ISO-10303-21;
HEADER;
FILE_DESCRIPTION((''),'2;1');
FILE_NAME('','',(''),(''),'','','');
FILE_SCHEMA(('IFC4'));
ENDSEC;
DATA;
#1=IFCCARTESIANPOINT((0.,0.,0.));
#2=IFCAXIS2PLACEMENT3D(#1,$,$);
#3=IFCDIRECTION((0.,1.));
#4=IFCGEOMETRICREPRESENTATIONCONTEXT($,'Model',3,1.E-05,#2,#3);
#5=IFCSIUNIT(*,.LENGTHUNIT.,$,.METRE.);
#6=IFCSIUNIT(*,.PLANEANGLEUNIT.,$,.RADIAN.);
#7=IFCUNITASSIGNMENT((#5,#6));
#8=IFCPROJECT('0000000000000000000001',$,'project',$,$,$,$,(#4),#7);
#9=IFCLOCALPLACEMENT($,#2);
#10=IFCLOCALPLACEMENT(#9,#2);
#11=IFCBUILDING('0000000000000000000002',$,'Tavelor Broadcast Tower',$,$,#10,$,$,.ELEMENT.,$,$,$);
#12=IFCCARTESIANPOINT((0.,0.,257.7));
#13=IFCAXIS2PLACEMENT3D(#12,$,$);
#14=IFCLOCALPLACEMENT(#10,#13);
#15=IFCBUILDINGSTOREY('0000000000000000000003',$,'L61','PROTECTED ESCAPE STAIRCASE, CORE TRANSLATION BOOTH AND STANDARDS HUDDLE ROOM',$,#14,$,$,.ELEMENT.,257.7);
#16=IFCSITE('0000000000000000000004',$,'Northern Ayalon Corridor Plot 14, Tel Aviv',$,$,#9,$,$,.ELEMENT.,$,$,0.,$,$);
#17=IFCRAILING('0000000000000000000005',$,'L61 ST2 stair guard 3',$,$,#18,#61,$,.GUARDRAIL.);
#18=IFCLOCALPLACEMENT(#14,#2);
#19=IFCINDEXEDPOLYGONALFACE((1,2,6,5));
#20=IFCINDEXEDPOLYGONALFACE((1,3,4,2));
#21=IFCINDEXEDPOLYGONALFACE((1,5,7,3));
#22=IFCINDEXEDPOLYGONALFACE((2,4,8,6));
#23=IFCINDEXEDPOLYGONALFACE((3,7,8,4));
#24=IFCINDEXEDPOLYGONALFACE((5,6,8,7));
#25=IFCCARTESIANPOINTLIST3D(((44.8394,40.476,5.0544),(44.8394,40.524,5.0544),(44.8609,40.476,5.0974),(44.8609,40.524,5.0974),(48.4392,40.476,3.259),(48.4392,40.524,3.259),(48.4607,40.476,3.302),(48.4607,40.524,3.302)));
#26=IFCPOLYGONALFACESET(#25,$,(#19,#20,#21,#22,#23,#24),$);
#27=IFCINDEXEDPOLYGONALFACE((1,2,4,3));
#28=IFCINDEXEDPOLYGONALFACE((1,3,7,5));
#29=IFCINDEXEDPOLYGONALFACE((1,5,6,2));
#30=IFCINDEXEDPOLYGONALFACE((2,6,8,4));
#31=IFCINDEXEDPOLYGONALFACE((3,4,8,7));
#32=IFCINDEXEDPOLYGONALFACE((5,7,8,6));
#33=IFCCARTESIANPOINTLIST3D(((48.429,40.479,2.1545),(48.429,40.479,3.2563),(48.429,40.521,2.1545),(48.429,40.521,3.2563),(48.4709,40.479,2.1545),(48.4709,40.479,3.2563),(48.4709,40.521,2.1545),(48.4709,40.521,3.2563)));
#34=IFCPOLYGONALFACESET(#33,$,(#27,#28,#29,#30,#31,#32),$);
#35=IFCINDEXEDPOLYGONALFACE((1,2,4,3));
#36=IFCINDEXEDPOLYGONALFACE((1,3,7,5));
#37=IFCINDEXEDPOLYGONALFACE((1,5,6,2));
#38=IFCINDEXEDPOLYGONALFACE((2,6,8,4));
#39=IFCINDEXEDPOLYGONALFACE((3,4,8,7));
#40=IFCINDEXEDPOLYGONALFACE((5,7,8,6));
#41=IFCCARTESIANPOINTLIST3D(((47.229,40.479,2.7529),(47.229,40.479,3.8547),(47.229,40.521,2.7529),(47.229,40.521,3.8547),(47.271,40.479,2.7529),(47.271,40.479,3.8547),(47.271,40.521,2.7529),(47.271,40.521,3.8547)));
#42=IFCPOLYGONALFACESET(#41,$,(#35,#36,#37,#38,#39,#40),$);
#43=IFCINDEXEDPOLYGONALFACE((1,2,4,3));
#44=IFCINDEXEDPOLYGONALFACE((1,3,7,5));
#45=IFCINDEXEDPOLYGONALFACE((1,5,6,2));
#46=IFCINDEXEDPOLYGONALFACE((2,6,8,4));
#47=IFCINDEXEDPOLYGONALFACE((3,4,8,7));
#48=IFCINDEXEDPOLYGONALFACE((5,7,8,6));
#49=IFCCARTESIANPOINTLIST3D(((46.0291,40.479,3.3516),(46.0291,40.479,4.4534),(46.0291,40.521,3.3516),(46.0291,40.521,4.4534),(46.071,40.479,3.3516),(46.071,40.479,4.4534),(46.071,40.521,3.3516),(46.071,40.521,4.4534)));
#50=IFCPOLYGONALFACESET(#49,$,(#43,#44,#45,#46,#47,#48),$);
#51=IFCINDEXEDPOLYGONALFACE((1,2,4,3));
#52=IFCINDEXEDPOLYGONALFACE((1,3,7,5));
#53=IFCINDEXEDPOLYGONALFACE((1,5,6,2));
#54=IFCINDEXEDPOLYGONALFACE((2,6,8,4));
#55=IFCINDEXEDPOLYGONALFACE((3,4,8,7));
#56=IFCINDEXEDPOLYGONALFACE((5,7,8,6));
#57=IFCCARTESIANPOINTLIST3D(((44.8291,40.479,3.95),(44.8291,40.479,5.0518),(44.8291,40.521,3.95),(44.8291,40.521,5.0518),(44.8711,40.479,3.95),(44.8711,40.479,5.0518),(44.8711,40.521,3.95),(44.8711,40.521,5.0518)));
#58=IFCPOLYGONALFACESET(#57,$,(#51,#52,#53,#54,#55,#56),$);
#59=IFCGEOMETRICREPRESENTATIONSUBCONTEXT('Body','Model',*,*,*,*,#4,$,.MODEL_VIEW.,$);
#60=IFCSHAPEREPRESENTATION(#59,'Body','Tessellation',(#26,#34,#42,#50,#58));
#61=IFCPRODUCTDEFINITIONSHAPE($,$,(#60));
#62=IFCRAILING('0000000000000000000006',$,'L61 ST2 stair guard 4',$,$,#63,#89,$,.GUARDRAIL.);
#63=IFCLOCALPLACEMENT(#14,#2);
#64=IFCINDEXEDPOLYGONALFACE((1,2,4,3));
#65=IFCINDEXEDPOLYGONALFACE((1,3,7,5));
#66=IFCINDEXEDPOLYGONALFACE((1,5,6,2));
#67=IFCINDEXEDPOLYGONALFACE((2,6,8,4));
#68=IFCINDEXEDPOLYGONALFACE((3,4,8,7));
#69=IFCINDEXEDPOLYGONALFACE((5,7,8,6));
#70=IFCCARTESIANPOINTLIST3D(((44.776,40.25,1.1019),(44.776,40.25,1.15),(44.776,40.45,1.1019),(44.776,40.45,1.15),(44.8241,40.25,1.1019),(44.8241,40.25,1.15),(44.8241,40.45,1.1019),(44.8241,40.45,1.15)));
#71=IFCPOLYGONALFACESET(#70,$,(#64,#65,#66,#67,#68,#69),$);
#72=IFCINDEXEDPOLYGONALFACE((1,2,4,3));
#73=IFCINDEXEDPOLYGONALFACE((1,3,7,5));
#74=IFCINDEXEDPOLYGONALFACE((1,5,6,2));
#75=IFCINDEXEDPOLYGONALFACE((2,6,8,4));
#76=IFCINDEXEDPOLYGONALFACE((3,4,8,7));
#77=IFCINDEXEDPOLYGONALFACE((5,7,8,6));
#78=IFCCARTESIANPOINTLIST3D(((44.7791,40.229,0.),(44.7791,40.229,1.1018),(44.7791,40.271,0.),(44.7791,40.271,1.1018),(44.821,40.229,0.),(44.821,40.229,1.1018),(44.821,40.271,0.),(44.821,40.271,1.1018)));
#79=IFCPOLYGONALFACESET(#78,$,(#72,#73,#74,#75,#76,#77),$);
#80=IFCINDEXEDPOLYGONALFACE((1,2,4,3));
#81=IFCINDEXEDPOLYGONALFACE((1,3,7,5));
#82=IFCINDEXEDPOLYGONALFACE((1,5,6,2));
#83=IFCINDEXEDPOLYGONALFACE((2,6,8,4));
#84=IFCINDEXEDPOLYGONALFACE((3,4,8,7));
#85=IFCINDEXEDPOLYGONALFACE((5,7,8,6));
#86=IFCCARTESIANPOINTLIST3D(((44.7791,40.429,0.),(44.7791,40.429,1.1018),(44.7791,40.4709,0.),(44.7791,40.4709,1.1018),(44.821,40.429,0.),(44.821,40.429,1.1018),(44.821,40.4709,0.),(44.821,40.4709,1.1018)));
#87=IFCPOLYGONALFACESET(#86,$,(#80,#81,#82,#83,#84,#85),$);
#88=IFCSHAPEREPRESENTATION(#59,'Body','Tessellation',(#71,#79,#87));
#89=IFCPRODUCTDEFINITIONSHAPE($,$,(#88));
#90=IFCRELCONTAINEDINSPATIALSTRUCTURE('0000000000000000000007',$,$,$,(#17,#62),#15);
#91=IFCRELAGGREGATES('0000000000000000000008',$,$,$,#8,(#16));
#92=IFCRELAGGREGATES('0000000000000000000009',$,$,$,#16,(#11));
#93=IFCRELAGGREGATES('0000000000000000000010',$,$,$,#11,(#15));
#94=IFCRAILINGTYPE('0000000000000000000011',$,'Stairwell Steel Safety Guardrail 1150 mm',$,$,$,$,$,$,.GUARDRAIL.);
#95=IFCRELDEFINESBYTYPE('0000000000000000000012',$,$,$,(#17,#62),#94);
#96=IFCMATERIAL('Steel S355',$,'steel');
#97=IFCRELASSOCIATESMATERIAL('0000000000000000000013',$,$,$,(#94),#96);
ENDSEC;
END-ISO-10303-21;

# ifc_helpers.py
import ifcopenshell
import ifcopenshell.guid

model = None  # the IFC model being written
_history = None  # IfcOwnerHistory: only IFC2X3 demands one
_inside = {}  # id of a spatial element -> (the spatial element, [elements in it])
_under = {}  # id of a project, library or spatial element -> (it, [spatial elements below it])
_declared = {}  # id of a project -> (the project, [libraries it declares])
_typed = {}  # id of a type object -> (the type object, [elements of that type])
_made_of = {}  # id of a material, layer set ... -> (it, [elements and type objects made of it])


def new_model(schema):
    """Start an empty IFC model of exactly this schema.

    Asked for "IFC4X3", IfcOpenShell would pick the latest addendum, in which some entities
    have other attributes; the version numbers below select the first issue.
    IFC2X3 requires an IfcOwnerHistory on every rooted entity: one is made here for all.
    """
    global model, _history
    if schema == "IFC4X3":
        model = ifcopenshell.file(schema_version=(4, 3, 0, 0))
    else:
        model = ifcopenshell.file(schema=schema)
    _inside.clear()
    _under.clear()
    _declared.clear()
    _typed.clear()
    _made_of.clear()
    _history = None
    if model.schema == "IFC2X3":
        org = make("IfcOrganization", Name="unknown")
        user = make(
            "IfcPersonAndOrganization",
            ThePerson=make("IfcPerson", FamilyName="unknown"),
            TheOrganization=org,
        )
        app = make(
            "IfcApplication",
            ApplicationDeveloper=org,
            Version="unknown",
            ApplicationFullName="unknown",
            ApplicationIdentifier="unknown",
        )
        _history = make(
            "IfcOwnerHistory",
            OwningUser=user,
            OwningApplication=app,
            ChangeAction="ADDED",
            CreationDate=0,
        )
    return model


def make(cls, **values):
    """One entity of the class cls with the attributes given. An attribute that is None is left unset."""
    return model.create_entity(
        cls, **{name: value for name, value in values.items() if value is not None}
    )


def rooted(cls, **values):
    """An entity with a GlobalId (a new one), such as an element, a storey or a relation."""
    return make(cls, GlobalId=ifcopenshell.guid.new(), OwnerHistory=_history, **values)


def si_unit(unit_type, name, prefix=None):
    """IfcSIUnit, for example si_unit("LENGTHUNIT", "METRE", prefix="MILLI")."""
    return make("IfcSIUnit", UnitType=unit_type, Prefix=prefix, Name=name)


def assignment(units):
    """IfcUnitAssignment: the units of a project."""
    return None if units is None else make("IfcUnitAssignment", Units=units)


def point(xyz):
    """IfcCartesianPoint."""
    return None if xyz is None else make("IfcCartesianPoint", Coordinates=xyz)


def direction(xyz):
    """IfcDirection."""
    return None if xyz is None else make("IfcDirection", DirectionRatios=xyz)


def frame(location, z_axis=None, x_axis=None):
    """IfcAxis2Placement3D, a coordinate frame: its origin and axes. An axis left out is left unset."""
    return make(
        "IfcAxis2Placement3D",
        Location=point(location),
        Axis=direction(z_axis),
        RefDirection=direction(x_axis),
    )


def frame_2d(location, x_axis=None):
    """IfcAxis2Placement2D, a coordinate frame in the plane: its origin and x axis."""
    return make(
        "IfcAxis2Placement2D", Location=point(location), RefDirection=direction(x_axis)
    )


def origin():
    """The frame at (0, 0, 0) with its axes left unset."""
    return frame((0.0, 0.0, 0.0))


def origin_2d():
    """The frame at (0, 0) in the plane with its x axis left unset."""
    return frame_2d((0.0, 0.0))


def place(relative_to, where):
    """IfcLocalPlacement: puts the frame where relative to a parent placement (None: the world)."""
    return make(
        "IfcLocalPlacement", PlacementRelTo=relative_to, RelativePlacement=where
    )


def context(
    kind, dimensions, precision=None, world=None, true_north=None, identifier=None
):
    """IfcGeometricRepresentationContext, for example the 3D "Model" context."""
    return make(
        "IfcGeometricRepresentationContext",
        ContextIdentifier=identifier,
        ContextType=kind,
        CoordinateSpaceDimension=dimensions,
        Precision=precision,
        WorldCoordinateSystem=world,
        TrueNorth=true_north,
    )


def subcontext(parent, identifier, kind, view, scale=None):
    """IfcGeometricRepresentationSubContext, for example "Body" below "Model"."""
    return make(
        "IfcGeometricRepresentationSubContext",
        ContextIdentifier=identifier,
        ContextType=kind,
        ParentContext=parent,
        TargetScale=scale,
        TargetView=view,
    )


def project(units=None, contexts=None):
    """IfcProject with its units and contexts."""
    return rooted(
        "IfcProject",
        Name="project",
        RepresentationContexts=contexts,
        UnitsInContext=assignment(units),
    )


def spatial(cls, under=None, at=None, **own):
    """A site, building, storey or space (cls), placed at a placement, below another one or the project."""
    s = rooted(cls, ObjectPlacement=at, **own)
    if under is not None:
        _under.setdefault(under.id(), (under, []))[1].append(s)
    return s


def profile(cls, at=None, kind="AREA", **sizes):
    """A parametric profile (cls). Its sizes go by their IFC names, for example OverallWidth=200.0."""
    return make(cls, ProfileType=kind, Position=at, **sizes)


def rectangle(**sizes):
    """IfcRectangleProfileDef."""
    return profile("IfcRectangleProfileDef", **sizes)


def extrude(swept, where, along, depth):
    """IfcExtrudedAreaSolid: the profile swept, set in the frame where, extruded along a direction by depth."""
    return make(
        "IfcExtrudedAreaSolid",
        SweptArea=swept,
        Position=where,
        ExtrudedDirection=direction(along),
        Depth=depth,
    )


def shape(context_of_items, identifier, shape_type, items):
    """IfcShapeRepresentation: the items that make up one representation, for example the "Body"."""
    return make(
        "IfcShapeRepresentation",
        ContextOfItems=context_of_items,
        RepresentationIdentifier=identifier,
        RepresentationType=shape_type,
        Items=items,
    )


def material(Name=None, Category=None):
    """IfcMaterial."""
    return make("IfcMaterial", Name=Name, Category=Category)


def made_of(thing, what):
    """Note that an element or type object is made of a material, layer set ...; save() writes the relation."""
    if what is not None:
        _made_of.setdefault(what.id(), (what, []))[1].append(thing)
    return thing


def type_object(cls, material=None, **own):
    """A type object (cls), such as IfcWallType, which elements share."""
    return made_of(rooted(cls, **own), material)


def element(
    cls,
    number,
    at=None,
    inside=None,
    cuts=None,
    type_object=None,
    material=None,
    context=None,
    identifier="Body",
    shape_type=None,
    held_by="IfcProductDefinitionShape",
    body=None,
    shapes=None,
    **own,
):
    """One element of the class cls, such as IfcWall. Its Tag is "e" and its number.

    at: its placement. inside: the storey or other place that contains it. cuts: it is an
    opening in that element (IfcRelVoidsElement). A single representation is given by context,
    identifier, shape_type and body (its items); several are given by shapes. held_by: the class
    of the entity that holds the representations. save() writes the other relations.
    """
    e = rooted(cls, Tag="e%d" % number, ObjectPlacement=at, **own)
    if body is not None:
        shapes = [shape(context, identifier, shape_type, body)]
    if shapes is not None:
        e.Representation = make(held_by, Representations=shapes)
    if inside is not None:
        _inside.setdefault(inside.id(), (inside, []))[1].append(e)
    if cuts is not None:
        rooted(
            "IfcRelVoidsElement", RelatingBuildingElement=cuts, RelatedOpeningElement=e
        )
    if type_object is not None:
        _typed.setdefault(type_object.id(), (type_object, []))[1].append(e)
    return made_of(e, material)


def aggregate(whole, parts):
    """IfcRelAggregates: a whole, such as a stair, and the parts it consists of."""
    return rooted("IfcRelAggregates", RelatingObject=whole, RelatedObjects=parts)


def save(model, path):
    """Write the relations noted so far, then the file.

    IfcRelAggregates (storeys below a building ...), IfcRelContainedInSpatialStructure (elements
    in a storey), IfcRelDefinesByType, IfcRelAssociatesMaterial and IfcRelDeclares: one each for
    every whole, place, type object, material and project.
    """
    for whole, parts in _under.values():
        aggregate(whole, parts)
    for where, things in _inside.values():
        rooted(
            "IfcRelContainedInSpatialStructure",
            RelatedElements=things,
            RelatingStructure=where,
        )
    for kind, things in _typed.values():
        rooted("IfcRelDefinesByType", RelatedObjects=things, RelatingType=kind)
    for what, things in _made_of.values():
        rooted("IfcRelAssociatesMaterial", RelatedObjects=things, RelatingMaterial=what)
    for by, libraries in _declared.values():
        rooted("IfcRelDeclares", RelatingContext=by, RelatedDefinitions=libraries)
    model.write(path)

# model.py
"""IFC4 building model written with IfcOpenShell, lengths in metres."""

from ifc_helpers import new_model, si_unit, direction, frame, origin, origin_2d, place, context, subcontext, project, spatial, rectangle, extrude, material, type_object, element, save


model = new_model("IFC4")

# Units and contexts
model_context = context("Model", 3, precision=1e-05, world=origin(), true_north=direction((0.0, 1.0)))
body_context = subcontext(model_context, "Body", "Model", "MODEL_VIEW")
ifc_project = project(units=[si_unit("LENGTHUNIT", "METRE"), si_unit("PLANEANGLEUNIT", "RADIAN")], contexts=[model_context])

# Site, building, storey
site_placement = place(None, origin())
site = spatial("IfcSite", under=ifc_project, at=site_placement, Name="Northern Ayalon Corridor Plot 14, Tel Aviv", CompositionType="ELEMENT", RefElevation=0.0)
building_placement = place(site_placement, origin())
building = spatial("IfcBuilding", under=site, at=building_placement, Name="Tavelor Broadcast Tower", CompositionType="ELEMENT")
storey_placement = place(building_placement, frame((0.0, 0.0, 257.7)))
storey = spatial("IfcBuildingStorey", under=building, at=storey_placement, Name="L61", Description="PROTECTED ESCAPE STAIRCASE, CORE TRANSLATION BOOTH AND STANDARDS HUDDLE ROOM", CompositionType="ELEMENT", Elevation=257.7)

# Shared definitions
ifc_material_1 = material(Name="Steel S355", Category="steel")

# Railings
railing_type_1 = type_object("IfcRailingType", Name="Stairwell Steel Safety Guardrail 1150 mm", PredefinedType="GUARDRAIL", material=ifc_material_1)
railing_1_placement = place(storey_placement, frame((48.45, 40.5, 2.1545)))
element("IfcRailing", 1, at=railing_1_placement, inside=storey, type_object=railing_type_1, Name="L61 ST2 stair guard 3", PredefinedType="GUARDRAIL", context=body_context, shape_type="SweptSolid", body=[
    extrude(rectangle(XDim=0.0481, YDim=0.0481, at=origin_2d()), frame((0.0, 0.0, 1.126), z_axis=(-0.894876, 0.0, 0.446315), x_axis=(0.0, -1.0, 0.0)), (0.0, 0.0, 1.0), 4.0227),
    extrude(rectangle(XDim=0.042, YDim=0.042, at=origin_2d()), origin(), (0.0, 0.0, 1.0), 1.1018),
    extrude(rectangle(XDim=0.042, YDim=0.042, at=origin_2d()), frame((-1.2, 0.0, 0.5984)), (0.0, 0.0, 1.0), 1.1018),
    extrude(rectangle(XDim=0.042, YDim=0.042, at=origin_2d()), frame((-2.3999, 0.0, 1.197)), (0.0, 0.0, 1.0), 1.1018),
    extrude(rectangle(XDim=0.042, YDim=0.042, at=origin_2d()), frame((-3.5999, 0.0, 1.7954)), (0.0, 0.0, 1.0), 1.1018),
])
railing_2_placement = place(storey_placement, frame((44.8, 40.25, 0.0)))
element("IfcRailing", 2, at=railing_2_placement, inside=storey, type_object=railing_type_1, Name="L61 ST2 stair guard 4", PredefinedType="GUARDRAIL", context=body_context, shape_type="SweptSolid", body=[
    extrude(rectangle(XDim=0.0481, YDim=0.0481, at=origin_2d()), frame((0.0, 0.0, 1.126), z_axis=(0.0, 1.0, 0.0), x_axis=(-1.0, 0.0, 0.0)), (0.0, 0.0, 1.0), 0.2),
    extrude(rectangle(XDim=0.042, YDim=0.042, at=origin_2d()), origin(), (0.0, 0.0, 1.0), 1.1018),
    extrude(rectangle(XDim=0.042, YDim=0.042, at=origin_2d()), frame((0.0, 0.2, 0.0)), (0.0, 0.0, 1.0), 1.1018),
])

save(model, "model.ifc")
